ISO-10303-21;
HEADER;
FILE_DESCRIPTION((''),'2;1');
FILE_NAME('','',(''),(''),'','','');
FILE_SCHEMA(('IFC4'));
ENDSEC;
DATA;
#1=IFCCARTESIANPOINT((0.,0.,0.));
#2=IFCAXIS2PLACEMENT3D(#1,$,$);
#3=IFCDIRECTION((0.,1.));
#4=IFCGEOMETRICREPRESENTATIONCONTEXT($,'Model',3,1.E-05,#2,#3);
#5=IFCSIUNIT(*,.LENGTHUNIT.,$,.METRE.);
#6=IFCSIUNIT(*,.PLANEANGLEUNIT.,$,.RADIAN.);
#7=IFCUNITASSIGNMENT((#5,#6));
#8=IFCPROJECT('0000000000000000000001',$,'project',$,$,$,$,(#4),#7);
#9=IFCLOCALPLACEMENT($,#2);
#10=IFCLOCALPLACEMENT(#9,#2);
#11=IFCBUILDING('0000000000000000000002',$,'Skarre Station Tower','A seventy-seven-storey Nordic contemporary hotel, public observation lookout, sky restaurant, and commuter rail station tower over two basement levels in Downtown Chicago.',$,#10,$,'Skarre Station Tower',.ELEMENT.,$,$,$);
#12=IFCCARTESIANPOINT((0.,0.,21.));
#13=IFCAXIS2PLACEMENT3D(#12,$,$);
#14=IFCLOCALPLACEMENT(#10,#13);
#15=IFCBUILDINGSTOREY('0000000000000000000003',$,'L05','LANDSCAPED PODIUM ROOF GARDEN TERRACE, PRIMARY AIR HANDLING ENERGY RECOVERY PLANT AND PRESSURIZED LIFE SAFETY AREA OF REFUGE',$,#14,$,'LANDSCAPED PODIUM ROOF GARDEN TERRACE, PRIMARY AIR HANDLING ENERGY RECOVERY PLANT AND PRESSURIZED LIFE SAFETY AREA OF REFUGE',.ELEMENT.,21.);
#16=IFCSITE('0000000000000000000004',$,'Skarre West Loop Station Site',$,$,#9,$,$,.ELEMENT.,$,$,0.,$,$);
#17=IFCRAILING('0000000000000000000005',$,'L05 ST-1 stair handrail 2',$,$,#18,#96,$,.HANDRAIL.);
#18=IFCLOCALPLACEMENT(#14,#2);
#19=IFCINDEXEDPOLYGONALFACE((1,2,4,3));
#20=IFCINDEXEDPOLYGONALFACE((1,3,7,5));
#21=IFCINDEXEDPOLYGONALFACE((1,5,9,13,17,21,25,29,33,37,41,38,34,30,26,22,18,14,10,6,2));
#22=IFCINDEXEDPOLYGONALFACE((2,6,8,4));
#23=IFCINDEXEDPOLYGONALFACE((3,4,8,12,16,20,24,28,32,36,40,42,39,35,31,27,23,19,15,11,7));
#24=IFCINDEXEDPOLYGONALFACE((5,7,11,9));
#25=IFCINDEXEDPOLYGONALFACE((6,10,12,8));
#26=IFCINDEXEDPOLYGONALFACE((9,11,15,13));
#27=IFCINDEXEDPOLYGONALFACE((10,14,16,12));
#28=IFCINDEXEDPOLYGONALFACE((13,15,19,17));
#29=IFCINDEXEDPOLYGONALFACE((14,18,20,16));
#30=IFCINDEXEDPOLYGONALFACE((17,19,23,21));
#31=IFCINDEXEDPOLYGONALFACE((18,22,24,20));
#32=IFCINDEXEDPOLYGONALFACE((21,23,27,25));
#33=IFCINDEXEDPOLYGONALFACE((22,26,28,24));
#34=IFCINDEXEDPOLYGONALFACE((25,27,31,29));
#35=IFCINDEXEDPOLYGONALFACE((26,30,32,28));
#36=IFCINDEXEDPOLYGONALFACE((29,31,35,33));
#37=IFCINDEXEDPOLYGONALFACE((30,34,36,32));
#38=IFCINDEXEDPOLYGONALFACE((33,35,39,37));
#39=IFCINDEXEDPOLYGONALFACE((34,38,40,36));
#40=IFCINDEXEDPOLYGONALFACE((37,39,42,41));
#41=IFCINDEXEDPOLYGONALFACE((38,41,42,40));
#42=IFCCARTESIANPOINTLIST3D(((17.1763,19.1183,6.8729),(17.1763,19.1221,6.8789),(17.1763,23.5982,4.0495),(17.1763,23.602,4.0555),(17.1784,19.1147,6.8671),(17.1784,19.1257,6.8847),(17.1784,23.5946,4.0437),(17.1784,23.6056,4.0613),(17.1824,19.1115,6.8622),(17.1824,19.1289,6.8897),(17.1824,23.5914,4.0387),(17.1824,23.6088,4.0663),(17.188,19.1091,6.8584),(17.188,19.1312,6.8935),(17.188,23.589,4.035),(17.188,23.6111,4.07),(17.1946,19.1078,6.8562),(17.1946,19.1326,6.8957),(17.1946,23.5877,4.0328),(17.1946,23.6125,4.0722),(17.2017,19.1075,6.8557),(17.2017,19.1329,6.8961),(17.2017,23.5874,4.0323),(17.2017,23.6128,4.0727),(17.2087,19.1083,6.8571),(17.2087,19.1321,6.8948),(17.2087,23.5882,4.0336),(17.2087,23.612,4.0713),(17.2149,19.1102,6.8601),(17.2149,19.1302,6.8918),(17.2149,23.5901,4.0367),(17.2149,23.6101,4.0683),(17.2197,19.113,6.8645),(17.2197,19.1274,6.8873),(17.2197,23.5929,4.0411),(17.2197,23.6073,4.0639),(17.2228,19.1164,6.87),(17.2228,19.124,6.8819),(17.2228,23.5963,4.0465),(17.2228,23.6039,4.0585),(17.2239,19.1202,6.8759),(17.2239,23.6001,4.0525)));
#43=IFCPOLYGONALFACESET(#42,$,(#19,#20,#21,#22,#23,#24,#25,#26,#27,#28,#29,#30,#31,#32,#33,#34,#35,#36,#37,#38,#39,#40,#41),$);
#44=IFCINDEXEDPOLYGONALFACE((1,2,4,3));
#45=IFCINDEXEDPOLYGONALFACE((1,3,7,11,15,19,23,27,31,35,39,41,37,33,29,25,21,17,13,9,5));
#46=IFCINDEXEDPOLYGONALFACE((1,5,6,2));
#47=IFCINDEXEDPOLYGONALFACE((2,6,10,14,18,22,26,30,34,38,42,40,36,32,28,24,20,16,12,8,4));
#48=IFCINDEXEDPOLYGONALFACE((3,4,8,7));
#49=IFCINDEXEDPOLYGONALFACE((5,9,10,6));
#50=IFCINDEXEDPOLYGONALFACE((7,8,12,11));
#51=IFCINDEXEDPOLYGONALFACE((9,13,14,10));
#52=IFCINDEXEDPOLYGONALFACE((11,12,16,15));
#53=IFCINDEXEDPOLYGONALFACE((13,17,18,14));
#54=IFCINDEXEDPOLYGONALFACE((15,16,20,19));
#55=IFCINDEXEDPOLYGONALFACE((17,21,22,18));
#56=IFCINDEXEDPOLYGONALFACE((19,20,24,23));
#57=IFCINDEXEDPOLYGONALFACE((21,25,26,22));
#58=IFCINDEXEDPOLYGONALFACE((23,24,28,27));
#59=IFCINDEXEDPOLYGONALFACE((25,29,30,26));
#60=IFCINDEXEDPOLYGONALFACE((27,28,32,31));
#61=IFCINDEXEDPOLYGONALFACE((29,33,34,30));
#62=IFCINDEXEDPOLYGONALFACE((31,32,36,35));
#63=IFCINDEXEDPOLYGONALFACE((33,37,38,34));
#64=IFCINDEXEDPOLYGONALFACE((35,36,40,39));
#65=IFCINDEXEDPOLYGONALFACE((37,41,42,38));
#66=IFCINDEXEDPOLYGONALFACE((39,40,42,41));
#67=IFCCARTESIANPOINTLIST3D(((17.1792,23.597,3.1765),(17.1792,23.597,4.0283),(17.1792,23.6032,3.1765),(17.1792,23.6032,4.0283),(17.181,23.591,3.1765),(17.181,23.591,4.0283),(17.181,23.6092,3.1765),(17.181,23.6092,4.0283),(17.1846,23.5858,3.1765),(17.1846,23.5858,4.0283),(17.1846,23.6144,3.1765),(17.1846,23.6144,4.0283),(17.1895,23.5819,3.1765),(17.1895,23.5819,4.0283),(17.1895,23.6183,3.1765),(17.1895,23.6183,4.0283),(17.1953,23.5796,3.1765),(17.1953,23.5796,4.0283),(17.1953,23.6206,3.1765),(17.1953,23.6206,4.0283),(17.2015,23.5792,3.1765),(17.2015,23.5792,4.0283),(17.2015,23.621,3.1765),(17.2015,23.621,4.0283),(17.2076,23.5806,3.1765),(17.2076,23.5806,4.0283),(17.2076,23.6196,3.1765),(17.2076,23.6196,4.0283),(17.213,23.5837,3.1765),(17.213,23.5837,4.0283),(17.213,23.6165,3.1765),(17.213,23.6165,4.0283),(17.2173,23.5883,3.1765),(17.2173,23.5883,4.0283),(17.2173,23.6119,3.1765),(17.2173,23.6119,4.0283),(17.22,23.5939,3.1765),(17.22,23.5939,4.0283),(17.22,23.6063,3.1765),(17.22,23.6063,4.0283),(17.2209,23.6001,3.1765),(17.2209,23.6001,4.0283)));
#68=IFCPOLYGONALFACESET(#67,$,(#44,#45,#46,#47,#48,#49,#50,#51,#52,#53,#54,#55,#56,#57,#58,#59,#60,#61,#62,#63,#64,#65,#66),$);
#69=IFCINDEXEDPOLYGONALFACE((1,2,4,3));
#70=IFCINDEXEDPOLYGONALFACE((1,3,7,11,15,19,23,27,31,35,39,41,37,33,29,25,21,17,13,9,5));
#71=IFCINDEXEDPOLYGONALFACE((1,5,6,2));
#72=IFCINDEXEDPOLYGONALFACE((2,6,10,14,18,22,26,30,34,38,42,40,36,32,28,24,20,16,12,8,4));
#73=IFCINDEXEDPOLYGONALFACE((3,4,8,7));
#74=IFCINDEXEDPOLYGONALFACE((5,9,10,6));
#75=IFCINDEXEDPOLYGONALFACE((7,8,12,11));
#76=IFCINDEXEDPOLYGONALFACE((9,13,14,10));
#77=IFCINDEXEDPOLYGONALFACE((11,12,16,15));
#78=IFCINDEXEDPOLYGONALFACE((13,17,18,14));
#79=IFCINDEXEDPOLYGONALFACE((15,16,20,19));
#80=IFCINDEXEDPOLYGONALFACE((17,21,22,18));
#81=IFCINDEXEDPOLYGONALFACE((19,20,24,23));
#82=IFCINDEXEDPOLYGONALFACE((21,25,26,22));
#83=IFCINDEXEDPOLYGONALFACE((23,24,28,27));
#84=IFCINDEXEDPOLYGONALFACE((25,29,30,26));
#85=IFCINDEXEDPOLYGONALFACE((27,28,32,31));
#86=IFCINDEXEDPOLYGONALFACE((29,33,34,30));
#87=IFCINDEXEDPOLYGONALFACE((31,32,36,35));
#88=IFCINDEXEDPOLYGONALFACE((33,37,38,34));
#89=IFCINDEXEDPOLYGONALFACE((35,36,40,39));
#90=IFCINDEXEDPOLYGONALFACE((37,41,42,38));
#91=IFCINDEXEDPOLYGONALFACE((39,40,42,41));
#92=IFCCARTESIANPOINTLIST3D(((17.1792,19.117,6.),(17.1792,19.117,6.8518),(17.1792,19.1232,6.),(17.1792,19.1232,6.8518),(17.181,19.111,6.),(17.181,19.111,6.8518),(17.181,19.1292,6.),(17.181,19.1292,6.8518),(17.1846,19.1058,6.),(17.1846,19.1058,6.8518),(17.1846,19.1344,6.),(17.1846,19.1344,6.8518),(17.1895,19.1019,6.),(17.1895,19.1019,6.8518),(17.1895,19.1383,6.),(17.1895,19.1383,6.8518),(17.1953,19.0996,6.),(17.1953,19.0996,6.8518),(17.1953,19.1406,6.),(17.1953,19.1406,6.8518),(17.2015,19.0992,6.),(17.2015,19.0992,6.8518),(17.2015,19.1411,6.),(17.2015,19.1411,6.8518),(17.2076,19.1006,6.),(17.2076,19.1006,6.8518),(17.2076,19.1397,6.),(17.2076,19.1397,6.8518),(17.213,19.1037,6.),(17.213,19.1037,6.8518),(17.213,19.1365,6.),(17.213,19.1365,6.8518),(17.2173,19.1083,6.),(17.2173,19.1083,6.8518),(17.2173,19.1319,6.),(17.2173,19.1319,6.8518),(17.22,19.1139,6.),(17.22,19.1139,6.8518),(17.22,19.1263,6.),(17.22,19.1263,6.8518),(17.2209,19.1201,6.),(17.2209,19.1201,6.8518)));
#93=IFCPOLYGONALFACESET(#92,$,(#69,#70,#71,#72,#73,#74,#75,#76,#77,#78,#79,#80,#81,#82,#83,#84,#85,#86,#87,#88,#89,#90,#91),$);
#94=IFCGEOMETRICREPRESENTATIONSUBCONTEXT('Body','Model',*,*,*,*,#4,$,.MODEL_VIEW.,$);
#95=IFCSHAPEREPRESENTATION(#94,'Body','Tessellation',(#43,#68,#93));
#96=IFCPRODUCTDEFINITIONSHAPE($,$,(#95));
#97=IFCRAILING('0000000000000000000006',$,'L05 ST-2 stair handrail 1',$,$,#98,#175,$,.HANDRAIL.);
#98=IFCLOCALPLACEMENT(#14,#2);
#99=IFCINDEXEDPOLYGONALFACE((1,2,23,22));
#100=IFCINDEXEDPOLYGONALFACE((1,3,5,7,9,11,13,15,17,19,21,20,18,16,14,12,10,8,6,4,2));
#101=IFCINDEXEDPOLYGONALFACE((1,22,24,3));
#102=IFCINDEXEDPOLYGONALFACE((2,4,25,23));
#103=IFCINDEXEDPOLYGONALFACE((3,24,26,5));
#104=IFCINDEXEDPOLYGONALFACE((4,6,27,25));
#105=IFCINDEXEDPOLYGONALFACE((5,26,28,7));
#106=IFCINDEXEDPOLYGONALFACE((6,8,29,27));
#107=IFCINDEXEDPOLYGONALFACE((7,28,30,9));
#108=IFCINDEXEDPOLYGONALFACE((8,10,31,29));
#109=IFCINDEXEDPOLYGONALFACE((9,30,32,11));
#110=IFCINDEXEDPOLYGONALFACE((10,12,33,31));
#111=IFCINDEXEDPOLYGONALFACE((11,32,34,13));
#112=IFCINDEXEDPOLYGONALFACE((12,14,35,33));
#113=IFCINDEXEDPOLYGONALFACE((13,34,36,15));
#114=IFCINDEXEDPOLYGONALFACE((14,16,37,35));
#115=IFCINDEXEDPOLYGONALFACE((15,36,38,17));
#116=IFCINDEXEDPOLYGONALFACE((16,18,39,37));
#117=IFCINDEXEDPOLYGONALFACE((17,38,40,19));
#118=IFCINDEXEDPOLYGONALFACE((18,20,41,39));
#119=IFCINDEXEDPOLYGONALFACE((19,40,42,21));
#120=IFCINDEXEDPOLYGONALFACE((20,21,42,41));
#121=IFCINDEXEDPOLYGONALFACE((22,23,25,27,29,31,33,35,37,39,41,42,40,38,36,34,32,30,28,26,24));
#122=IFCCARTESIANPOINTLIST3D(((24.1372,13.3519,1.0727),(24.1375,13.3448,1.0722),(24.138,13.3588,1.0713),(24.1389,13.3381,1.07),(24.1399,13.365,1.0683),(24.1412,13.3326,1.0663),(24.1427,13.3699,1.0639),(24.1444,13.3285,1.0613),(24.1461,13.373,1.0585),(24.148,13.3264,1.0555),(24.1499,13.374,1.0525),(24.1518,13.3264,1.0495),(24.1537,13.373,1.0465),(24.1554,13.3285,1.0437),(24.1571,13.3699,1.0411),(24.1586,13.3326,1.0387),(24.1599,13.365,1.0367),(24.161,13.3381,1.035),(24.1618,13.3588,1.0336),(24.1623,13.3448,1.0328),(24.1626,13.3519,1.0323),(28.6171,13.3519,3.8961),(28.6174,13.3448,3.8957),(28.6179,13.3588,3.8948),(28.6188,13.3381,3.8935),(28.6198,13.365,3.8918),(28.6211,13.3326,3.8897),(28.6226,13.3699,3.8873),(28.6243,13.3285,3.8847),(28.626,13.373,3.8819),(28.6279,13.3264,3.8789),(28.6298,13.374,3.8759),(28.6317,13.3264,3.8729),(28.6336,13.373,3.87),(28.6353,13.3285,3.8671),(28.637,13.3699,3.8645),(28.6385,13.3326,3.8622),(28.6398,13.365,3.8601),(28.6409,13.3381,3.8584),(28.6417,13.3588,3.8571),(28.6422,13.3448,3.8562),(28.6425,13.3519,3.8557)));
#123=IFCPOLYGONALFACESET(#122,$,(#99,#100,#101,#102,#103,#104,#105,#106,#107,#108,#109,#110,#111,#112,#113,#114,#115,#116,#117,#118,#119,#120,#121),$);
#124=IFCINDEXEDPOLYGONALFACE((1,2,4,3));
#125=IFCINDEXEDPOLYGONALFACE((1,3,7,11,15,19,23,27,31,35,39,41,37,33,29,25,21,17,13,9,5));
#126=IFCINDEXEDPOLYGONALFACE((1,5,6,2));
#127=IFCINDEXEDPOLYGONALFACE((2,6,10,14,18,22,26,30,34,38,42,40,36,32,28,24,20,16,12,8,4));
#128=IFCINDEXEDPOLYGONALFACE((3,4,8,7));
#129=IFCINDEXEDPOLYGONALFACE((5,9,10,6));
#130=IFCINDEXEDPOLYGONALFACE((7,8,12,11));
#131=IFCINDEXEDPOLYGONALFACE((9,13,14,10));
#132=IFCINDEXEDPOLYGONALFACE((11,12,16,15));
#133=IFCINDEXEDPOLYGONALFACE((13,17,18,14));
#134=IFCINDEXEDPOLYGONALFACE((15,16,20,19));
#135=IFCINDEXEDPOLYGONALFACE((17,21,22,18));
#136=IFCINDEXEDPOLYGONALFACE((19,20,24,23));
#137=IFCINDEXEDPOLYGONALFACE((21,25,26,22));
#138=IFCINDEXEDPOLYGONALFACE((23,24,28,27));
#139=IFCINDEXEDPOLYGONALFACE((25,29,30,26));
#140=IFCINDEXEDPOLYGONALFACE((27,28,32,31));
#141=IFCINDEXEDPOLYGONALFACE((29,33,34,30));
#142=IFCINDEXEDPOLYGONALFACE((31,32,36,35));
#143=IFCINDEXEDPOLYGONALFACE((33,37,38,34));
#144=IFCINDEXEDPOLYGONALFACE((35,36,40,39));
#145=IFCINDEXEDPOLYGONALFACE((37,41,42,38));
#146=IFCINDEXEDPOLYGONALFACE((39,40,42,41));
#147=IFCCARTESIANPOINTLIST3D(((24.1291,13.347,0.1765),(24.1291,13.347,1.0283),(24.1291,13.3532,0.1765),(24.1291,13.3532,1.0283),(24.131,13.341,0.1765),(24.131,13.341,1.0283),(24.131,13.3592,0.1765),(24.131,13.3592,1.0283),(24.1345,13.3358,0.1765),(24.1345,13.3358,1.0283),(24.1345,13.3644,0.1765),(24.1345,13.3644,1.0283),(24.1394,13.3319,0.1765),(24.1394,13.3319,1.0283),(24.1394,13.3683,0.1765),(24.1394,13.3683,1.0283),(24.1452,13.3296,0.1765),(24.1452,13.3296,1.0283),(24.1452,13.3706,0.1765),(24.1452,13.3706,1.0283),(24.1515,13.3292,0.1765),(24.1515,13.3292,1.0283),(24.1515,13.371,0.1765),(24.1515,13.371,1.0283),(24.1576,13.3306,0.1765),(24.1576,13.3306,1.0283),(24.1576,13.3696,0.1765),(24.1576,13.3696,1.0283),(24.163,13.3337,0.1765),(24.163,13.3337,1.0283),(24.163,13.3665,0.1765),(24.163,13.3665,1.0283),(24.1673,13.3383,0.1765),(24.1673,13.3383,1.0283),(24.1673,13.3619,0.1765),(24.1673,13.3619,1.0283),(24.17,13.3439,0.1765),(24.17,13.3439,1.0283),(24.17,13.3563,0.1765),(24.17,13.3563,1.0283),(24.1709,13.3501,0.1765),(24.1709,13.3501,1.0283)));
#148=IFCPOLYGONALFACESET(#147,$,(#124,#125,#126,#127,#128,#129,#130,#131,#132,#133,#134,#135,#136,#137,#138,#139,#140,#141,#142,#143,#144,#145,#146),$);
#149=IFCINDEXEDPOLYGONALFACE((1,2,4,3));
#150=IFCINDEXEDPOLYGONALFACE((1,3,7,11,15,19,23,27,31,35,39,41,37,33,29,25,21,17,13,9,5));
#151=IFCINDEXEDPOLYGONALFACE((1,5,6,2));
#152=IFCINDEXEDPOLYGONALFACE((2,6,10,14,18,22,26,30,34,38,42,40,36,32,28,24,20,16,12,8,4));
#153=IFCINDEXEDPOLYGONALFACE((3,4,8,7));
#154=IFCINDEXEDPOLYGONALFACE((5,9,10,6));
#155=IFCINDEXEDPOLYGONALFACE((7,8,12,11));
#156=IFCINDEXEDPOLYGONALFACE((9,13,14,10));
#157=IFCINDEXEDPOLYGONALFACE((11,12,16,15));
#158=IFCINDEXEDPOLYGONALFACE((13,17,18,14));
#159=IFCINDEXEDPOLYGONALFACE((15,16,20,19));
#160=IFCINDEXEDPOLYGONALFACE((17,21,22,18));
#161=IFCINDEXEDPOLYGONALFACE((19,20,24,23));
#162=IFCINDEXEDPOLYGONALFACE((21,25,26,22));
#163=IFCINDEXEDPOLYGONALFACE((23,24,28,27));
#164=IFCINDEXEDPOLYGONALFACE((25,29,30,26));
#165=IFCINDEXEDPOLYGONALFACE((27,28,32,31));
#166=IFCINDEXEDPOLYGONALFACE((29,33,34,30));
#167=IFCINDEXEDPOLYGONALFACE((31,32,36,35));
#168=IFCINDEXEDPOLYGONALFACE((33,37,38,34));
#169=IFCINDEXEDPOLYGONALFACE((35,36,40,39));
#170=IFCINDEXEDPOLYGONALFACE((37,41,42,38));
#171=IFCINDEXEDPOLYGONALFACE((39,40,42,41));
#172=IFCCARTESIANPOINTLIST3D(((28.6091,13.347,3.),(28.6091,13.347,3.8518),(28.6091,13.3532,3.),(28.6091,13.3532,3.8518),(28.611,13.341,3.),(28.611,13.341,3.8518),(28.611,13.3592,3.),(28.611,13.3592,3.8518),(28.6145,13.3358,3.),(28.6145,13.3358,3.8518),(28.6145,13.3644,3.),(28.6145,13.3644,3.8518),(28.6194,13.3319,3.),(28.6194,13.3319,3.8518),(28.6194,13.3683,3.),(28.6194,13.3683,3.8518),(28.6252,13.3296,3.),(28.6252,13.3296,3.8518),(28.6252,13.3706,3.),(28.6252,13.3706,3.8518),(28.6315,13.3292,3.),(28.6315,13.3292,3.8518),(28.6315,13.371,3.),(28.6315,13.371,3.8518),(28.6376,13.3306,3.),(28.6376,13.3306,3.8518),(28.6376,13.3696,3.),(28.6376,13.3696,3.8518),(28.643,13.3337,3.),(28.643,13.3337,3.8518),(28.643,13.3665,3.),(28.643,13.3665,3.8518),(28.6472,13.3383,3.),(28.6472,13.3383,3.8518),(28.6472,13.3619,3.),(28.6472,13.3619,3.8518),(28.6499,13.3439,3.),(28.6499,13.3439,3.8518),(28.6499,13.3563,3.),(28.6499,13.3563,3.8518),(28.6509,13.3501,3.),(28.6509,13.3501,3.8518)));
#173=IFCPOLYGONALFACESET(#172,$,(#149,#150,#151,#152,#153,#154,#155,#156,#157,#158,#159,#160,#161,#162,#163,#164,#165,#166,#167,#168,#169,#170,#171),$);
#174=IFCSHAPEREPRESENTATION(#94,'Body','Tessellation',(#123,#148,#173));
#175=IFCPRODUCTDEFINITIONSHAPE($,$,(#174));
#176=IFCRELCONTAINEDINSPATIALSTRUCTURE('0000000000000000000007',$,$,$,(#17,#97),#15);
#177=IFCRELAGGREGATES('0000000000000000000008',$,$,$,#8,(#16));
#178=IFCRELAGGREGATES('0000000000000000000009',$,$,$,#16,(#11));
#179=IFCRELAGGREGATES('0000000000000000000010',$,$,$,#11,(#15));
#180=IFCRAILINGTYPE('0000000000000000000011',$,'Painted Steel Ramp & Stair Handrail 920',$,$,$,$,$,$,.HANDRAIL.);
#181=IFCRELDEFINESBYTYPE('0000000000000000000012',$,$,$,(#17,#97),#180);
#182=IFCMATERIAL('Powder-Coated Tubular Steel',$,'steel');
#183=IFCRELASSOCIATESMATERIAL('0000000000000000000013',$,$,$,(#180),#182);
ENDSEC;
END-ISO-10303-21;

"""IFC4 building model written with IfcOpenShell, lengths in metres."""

from ifc_helpers import new_model, si_unit, direction, frame, origin, origin_2d, place, context, subcontext, project, spatial, circle, extrude, material, type_object, element, save


model = new_model("IFC4")

# Units and contexts
model_context = context("Model", 3, precision=1e-05, world=origin(), true_north=direction((0.0, 1.0)))
body_context = subcontext(model_context, "Body", "Model", "MODEL_VIEW")
ifc_project = project(units=[si_unit("LENGTHUNIT", "METRE"), si_unit("PLANEANGLEUNIT", "RADIAN")], contexts=[model_context])

# Site, building, storey
site_placement = place(None, origin())
site = spatial("IfcSite", under=ifc_project, at=site_placement, Name="Skarre West Loop Station Site", CompositionType="ELEMENT", RefElevation=0.0)
building_placement = place(site_placement, origin())
building = spatial("IfcBuilding", under=site, at=building_placement, Name="Skarre Station Tower", Description="A seventy-seven-storey Nordic contemporary hotel, public observation lookout, sky restaurant, and commuter rail station tower over two basement levels in Downtown Chicago.", LongName="Skarre Station Tower", CompositionType="ELEMENT")
storey_placement = place(building_placement, frame((0.0, 0.0, 21.0)))
storey = spatial("IfcBuildingStorey", under=building, at=storey_placement, Name="L05", Description="LANDSCAPED PODIUM ROOF GARDEN TERRACE, PRIMARY AIR HANDLING ENERGY RECOVERY PLANT AND PRESSURIZED LIFE SAFETY AREA OF REFUGE", LongName="LANDSCAPED PODIUM ROOF GARDEN TERRACE, PRIMARY AIR HANDLING ENERGY RECOVERY PLANT AND PRESSURIZED LIFE SAFETY AREA OF REFUGE", CompositionType="ELEMENT", Elevation=21.0)

# Railings
ifc_material_1 = material(Name="Powder-Coated Tubular Steel", Category="steel")
railing_type_1 = type_object("IfcRailingType", Name="Painted Steel Ramp & Stair Handrail 920", PredefinedType="HANDRAIL", material=ifc_material_1)
railing_1_placement = place(storey_placement, frame((17.2, 23.6001, 3.1765)))
element("IfcRailing", 1, at=railing_1_placement, inside=storey, type_object=railing_type_1, Name="L05 ST-1 stair handrail 2", PredefinedType="HANDRAIL", context=body_context, shape_type="SweptSolid", body=[
    extrude(circle(Radius=0.0239, at=origin_2d()), frame((0.0, 0.0, 0.876), z_axis=(0.0, -0.845998, 0.533186), x_axis=(1.0, 0.0, 0.0)), (0.0, 0.0, 1.0), 5.2954),
    extrude(circle(Radius=0.021, at=origin_2d()), origin(), (0.0, 0.0, 1.0), 0.8518),
    extrude(circle(Radius=0.021, at=origin_2d()), frame((0.0, -4.48, 2.8235)), (0.0, 0.0, 1.0), 0.8518),
])
railing_2_placement = place(storey_placement, frame((24.1499, 13.3501, 0.1765)))
element("IfcRailing", 2, at=railing_2_placement, inside=storey, type_object=railing_type_1, Name="L05 ST-2 stair handrail 1", PredefinedType="HANDRAIL", context=body_context, shape_type="SweptSolid", body=[
    extrude(circle(Radius=0.0239, at=origin_2d()), frame((0.0, 0.0, 0.876), z_axis=(0.845998, 0.0, 0.533186), x_axis=(0.0, 1.0, 0.0)), (0.0, 0.0, 1.0), 5.2954),
    extrude(circle(Radius=0.021, at=origin_2d()), origin(), (0.0, 0.0, 1.0), 0.8518),
    extrude(circle(Radius=0.021, at=origin_2d()), frame((4.48, 0.0, 2.8235)), (0.0, 0.0, 1.0), 0.8518),
])

save(model, "model.ifc")
